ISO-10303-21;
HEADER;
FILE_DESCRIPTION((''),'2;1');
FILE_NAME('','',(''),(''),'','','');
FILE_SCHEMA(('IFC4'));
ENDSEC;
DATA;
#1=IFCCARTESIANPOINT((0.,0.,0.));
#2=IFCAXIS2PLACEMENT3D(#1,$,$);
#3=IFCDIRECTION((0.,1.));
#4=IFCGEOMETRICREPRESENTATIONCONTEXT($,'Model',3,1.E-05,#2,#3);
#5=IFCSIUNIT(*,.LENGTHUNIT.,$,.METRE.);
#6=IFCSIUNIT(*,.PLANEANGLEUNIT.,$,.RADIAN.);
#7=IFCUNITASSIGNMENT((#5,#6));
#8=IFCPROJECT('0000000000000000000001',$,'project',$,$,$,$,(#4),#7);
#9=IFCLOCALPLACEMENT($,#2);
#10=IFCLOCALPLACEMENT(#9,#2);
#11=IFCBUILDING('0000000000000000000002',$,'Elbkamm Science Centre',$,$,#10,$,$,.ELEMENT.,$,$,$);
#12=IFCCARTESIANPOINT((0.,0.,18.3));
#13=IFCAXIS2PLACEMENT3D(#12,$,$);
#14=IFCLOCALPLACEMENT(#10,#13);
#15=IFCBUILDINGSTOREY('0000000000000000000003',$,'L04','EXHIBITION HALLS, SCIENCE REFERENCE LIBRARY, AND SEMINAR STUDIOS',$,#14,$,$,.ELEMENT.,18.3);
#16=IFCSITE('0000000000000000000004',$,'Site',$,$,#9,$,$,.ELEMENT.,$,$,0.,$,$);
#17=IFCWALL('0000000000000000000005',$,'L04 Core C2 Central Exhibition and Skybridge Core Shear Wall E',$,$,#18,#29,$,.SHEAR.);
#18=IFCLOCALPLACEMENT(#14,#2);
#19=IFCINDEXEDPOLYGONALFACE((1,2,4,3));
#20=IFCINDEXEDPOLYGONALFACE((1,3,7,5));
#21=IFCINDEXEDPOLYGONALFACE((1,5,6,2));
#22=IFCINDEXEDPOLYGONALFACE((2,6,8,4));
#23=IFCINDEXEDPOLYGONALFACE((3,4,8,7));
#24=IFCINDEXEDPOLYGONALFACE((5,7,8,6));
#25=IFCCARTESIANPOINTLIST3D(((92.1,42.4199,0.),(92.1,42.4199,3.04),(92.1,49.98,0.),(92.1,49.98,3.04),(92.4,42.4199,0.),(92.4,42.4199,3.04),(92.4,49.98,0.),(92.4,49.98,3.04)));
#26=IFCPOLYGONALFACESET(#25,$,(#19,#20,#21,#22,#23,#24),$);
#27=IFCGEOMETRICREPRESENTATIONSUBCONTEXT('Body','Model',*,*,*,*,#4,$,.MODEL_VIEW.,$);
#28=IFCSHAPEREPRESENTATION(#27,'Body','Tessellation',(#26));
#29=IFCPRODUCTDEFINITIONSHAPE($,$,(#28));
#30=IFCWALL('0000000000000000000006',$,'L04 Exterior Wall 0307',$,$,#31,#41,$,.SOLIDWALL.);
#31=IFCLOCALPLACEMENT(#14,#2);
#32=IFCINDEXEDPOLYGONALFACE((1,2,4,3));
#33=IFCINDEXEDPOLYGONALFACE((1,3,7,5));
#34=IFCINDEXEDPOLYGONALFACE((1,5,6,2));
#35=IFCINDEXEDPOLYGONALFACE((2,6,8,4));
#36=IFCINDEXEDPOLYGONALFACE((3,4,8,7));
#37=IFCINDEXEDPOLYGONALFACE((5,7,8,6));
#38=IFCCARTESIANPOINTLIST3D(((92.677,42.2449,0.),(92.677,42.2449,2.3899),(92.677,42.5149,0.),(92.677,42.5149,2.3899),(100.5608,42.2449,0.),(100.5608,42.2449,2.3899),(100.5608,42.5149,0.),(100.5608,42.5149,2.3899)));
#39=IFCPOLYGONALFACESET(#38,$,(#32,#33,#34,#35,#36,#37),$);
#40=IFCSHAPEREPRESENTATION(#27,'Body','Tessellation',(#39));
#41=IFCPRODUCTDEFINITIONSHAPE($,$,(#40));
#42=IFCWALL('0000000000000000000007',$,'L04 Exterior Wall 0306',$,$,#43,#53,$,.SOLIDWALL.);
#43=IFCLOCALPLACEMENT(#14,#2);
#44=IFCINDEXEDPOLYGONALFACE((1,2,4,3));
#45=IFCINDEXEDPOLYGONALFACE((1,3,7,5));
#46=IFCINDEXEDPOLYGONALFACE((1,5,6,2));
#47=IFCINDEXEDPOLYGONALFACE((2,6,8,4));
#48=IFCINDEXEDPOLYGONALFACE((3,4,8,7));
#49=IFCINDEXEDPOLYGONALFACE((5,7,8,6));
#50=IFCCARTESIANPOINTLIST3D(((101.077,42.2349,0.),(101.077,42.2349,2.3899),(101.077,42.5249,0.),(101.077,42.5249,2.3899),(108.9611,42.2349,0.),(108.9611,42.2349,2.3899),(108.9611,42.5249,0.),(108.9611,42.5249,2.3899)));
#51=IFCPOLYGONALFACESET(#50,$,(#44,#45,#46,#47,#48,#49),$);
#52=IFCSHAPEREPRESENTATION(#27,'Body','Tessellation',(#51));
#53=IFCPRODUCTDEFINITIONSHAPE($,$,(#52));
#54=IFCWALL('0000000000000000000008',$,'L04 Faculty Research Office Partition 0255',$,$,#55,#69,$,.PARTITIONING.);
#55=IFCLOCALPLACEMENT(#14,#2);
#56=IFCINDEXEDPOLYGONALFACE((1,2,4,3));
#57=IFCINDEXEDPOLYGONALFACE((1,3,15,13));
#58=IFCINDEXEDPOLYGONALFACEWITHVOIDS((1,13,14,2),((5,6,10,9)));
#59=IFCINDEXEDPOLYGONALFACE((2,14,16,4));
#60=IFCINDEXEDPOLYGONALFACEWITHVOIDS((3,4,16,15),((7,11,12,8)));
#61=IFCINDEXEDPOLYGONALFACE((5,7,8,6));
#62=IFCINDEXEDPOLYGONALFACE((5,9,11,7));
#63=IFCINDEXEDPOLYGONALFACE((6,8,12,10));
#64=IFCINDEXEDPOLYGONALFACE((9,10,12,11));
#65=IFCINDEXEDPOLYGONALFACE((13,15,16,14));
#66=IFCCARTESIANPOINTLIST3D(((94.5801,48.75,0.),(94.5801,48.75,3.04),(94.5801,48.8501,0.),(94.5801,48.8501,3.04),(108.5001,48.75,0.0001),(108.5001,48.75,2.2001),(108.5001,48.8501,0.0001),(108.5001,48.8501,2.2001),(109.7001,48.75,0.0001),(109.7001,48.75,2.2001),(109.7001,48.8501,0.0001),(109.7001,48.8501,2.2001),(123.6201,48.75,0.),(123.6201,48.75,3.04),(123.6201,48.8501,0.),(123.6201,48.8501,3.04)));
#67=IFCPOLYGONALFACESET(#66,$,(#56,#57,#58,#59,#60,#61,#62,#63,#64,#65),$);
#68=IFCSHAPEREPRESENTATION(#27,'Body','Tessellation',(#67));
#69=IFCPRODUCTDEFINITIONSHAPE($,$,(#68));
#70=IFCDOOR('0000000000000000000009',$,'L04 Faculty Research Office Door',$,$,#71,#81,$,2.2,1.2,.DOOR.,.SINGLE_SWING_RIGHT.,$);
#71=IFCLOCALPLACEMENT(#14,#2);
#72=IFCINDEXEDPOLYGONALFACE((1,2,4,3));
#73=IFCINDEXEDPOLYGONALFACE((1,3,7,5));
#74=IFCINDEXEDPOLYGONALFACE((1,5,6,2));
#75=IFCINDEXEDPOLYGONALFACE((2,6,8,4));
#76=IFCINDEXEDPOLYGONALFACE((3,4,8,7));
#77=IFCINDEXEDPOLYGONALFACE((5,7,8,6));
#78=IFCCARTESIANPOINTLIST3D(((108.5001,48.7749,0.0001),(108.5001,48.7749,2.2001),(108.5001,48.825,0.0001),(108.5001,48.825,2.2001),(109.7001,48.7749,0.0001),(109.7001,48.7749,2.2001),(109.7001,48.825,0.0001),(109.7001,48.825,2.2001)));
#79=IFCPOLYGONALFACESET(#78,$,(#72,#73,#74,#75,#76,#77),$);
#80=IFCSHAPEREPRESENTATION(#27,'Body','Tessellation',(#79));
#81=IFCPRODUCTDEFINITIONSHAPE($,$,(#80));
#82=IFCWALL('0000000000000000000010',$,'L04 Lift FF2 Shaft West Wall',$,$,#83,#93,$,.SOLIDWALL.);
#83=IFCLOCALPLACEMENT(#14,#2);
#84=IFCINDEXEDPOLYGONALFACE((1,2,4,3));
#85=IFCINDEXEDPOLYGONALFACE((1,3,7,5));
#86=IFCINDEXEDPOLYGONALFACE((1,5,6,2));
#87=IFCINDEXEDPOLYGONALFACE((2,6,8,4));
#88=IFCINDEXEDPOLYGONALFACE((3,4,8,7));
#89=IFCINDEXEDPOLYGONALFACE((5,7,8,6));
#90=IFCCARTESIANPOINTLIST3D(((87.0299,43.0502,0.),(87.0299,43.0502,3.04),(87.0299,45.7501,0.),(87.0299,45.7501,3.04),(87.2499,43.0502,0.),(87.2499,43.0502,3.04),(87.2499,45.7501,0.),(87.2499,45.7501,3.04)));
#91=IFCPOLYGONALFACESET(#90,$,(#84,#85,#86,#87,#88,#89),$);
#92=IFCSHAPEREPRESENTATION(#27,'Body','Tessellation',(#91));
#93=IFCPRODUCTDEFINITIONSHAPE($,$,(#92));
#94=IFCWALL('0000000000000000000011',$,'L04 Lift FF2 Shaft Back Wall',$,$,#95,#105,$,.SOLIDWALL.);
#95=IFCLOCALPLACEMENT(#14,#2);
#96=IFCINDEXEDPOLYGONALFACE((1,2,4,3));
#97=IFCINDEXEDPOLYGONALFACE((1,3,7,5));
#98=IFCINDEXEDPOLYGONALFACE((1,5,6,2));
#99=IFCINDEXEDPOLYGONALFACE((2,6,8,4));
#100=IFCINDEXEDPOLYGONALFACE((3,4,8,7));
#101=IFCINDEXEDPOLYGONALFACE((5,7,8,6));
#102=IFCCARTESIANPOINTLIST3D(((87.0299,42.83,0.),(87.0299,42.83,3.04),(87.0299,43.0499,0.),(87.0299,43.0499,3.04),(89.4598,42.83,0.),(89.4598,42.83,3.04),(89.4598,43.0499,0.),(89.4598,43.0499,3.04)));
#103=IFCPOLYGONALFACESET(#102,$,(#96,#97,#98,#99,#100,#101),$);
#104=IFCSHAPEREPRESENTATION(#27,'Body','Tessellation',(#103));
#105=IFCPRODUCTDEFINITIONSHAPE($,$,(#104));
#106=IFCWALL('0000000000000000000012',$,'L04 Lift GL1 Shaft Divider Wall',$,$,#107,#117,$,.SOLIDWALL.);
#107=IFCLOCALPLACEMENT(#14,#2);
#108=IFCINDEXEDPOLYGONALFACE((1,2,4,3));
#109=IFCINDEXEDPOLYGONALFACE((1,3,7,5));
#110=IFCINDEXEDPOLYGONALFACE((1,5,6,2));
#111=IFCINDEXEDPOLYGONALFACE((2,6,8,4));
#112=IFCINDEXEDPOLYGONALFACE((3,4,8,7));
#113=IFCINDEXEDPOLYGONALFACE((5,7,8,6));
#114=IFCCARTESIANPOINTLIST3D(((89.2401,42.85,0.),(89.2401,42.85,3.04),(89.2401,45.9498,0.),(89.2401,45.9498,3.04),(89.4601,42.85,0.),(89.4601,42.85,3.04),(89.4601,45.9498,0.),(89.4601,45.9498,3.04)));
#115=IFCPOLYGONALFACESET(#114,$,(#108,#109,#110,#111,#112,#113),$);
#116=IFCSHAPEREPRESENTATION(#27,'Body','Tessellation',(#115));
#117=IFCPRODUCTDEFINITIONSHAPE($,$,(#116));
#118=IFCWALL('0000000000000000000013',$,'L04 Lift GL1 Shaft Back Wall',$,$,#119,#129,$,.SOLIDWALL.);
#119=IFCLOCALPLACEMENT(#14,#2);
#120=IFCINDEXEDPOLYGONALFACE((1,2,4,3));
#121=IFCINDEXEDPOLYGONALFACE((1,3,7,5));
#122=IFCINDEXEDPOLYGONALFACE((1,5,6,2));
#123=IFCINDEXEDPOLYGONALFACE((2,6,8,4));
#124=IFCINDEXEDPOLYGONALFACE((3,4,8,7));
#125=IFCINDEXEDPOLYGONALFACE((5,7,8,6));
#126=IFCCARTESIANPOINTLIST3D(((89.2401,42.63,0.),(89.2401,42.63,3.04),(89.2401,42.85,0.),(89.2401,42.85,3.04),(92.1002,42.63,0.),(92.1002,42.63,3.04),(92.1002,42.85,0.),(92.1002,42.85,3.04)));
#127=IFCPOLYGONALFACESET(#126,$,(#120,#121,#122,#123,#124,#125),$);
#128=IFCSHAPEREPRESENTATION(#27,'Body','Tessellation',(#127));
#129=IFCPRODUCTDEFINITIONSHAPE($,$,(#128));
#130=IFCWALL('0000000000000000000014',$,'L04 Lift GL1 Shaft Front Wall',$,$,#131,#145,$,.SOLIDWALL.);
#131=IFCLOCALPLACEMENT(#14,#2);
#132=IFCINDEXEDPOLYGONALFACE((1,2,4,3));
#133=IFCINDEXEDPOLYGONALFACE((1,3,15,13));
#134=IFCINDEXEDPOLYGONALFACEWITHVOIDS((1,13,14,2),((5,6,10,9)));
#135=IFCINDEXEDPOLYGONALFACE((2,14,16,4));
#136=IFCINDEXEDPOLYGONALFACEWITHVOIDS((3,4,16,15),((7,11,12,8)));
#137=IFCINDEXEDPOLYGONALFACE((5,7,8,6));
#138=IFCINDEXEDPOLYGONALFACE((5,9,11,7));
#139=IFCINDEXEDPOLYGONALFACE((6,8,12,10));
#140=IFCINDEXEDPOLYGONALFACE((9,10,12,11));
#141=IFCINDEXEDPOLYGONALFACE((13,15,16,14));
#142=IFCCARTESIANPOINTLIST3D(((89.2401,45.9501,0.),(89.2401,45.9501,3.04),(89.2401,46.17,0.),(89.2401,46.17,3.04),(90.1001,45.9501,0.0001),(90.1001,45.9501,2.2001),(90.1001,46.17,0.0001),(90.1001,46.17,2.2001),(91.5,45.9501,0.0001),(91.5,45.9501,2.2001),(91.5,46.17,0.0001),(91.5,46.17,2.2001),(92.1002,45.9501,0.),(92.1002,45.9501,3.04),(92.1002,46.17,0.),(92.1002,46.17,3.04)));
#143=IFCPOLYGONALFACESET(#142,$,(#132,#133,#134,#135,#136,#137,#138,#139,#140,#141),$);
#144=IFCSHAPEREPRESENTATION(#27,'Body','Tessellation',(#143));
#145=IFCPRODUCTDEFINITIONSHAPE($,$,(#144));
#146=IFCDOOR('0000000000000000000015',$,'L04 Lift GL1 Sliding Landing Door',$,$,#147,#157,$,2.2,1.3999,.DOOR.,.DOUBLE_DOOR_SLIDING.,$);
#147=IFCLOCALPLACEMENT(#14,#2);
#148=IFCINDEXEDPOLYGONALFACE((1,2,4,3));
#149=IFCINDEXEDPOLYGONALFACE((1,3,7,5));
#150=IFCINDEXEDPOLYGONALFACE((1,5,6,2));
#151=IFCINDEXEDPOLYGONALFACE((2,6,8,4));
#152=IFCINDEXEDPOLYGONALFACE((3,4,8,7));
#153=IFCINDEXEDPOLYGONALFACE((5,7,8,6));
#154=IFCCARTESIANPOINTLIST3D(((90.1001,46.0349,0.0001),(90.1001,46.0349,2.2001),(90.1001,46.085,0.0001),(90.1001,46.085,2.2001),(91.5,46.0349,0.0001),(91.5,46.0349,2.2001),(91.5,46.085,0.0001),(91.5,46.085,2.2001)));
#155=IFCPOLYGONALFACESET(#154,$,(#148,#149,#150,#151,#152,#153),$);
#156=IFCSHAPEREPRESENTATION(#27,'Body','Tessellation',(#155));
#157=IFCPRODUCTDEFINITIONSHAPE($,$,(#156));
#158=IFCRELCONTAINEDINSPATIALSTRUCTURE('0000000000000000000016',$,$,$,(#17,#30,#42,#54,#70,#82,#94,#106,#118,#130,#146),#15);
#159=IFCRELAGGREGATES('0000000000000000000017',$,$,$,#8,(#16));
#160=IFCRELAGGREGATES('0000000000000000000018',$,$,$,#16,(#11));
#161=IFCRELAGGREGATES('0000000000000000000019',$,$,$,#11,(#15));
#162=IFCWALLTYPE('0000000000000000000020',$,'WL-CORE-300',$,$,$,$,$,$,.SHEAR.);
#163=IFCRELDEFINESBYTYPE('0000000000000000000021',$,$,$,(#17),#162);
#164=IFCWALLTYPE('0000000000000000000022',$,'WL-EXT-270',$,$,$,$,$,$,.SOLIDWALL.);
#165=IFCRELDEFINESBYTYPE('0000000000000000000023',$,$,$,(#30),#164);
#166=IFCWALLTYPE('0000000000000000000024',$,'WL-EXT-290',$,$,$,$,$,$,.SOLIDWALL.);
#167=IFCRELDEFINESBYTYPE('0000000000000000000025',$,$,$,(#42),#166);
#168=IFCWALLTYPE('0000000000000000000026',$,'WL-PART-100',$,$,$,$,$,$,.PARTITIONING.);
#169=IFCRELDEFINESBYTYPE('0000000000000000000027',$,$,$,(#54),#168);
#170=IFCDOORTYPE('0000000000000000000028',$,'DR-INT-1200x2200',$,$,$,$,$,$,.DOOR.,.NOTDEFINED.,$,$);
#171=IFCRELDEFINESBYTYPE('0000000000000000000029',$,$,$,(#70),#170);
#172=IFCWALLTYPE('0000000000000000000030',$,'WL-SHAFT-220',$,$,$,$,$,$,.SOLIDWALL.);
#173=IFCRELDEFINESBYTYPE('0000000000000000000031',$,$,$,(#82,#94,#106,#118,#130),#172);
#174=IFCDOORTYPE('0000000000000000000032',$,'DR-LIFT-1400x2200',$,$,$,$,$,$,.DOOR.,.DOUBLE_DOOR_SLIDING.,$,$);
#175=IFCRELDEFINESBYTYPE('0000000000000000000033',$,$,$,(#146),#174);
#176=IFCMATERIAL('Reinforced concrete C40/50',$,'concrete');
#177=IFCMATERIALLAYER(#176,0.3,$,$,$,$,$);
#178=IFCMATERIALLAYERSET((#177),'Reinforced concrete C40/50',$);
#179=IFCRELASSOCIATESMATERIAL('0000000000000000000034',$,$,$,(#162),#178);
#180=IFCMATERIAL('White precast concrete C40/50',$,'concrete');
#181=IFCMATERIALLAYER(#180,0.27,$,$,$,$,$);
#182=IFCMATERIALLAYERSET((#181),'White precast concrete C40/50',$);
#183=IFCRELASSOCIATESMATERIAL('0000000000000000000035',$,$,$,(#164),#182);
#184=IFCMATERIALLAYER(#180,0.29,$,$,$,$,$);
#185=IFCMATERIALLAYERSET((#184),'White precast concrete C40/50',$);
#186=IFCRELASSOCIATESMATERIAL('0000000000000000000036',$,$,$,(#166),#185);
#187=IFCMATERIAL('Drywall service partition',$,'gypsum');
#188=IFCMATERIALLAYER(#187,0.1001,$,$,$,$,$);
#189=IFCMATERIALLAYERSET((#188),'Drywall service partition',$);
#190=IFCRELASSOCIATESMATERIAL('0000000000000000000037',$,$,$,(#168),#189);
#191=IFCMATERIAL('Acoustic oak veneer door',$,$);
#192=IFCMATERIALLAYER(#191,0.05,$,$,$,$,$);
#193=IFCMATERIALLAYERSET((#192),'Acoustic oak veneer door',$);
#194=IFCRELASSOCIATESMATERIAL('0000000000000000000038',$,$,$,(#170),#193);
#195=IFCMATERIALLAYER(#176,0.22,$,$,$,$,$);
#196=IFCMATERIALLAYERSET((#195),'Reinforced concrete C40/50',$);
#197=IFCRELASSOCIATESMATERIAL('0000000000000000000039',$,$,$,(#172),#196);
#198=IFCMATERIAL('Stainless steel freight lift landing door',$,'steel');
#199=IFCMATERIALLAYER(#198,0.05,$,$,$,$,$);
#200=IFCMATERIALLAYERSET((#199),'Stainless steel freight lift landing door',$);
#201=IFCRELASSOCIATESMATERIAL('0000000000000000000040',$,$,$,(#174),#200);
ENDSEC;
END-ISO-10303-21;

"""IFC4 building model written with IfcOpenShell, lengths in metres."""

from ifc_helpers import new_model, si_unit, direction, frame, frame_2d, origin, place, context, subcontext, project, spatial, rectangle, extrude, material, layer, layer_set, type_object, element, fill, save


model = new_model("IFC4")

# Units and contexts
model_context = context("Model", 3, precision=1e-05, world=origin(), true_north=direction((0.0, 1.0)))
body_context = subcontext(model_context, "Body", "Model", "MODEL_VIEW")
ifc_project = project(units=[si_unit("LENGTHUNIT", "METRE"), si_unit("PLANEANGLEUNIT", "RADIAN")], contexts=[model_context])

# Site, building, storey
site_placement = place(None, origin())
site = spatial("IfcSite", under=ifc_project, at=site_placement, Name="Site", CompositionType="ELEMENT", RefElevation=0.0)
building_placement = place(site_placement, origin())
building = spatial("IfcBuilding", under=site, at=building_placement, Name="Elbkamm Science Centre", CompositionType="ELEMENT")
storey_placement = place(building_placement, frame((0.0, 0.0, 18.3)))
storey = spatial("IfcBuildingStorey", under=building, at=storey_placement, Name="L04", Description="EXHIBITION HALLS, SCIENCE REFERENCE LIBRARY, AND SEMINAR STUDIOS", CompositionType="ELEMENT", Elevation=18.3)

# Shared definitions
ifc_material_1 = material(Name="Reinforced concrete C40/50", Category="concrete")

# Walls
ifc_layer_1 = layer(ifc_material_1, 0.3)
ifc_layer_set_1 = layer_set([ifc_layer_1], Name="Reinforced concrete C40/50")
wall_type_1 = type_object("IfcWallType", Name="WL-CORE-300", PredefinedType="SHEAR", material=ifc_layer_set_1)
wall_1_placement = place(storey_placement, frame((92.25, 42.4199, 0.0), z_axis=(0.0, 0.0, 1.0), x_axis=(0.0, 1.0, 0.0)))
element("IfcWall", 1, at=wall_1_placement, inside=storey, type_object=wall_type_1, Name="L04 Core C2 Central Exhibition and Skybridge Core Shear Wall E", PredefinedType="SHEAR", context=body_context, shape_type="SweptSolid", body=[
    extrude(rectangle(XDim=7.5601, YDim=0.3, at=frame_2d((3.78, 0.0))), origin(), (0.0, 0.0, 1.0), 3.04),
])
ifc_material_2 = material(Name="White precast concrete C40/50", Category="concrete")
ifc_layer_2 = layer(ifc_material_2, 0.27)
ifc_layer_set_2 = layer_set([ifc_layer_2], Name="White precast concrete C40/50")
wall_type_2 = type_object("IfcWallType", Name="WL-EXT-270", PredefinedType="SOLIDWALL", material=ifc_layer_set_2)
wall_2_placement = place(storey_placement, frame((100.5608, 42.3799, 0.0), z_axis=(0.0, 0.0, 1.0), x_axis=(-1.0, 0.0, 0.0)))
element("IfcWall", 2, at=wall_2_placement, inside=storey, type_object=wall_type_2, Name="L04 Exterior Wall 0307", PredefinedType="SOLIDWALL", context=body_context, shape_type="SweptSolid", body=[
    extrude(rectangle(XDim=7.8838, YDim=0.27, at=frame_2d((3.9419, 0.0))), origin(), (0.0, 0.0, 1.0), 2.3899),
])
ifc_layer_3 = layer(ifc_material_2, 0.29)
ifc_layer_set_3 = layer_set([ifc_layer_3], Name="White precast concrete C40/50")
wall_type_3 = type_object("IfcWallType", Name="WL-EXT-290", PredefinedType="SOLIDWALL", material=ifc_layer_set_3)
wall_3_placement = place(storey_placement, frame((108.9609, 42.3799, 0.0), z_axis=(0.0, 0.0, 1.0), x_axis=(-1.0, 0.0, 0.0)))
element("IfcWall", 3, at=wall_3_placement, inside=storey, type_object=wall_type_3, Name="L04 Exterior Wall 0306", PredefinedType="SOLIDWALL", context=body_context, shape_type="SweptSolid", body=[
    extrude(rectangle(XDim=7.884, YDim=0.29, at=frame_2d((3.9419, 0.0))), origin(), (0.0, 0.0, 1.0), 2.3899),
])

# Wall, opening, door
ifc_material_3 = material(Name="Drywall service partition", Category="gypsum")
ifc_layer_4 = layer(ifc_material_3, 0.1001)
ifc_layer_set_4 = layer_set([ifc_layer_4], Name="Drywall service partition")
wall_type_4 = type_object("IfcWallType", Name="WL-PART-100", PredefinedType="PARTITIONING", material=ifc_layer_set_4)
wall_4_placement = place(storey_placement, frame((94.5801, 48.8, 0.0), z_axis=(0.0, 0.0, 1.0), x_axis=(1.0, 0.0, 0.0)))
wall_4 = element("IfcWall", 4, at=wall_4_placement, inside=storey, type_object=wall_type_4, Name="L04 Faculty Research Office Partition 0255", PredefinedType="PARTITIONING", context=body_context, shape_type="SweptSolid", body=[
    extrude(rectangle(XDim=29.04, YDim=0.1001, at=frame_2d((14.52, 0.0))), origin(), (0.0, 0.0, 1.0), 3.04),
])
opening_1_placement = place(wall_4_placement, frame((13.9199, 0.0, 0.0)))
opening_1 = element("IfcOpeningElement", 5, at=opening_1_placement, cuts=wall_4, PredefinedType="OPENING", context=body_context, shape_type="SweptSolid", body=[
    extrude(rectangle(XDim=1.2, YDim=2.2, at=frame_2d((0.6001, 1.1001))), frame((0.0, 0.062, 0.0), z_axis=(0.0, -1.0, 0.0), x_axis=(1.0, 0.0, 0.0)), (0.0, 0.0, 1.0), 0.124),
])
ifc_material_4 = material(Name="Acoustic oak veneer door")
ifc_layer_5 = layer(ifc_material_4, 0.05)
ifc_layer_set_5 = layer_set([ifc_layer_5], Name="Acoustic oak veneer door")
door_type_1 = type_object("IfcDoorType", Name="DR-INT-1200x2200", OperationType="NOTDEFINED", PredefinedType="DOOR", material=ifc_layer_set_5)
door_1_placement = place(opening_1_placement, origin())
door_1 = element("IfcDoor", 6, at=door_1_placement, inside=storey, type_object=door_type_1, Name="L04 Faculty Research Office Door", OperationType="SINGLE_SWING_RIGHT", OverallHeight=2.2, OverallWidth=1.2, PredefinedType="DOOR", context=body_context, shape_type="SweptSolid", body=[
    extrude(rectangle(XDim=1.2, YDim=2.2, at=frame_2d((0.6001, 1.1001))), frame((0.0, 0.0249, 0.0), z_axis=(0.0, -1.0, 0.0), x_axis=(1.0, 0.0, 0.0)), (0.0, 0.0, 1.0), 0.05),
])
fill(opening_1, door_1)

# Walls
ifc_layer_6 = layer(ifc_material_1, 0.22)
ifc_layer_set_6 = layer_set([ifc_layer_6], Name="Reinforced concrete C40/50")
wall_type_5 = type_object("IfcWallType", Name="WL-SHAFT-220", PredefinedType="SOLIDWALL", material=ifc_layer_set_6)
wall_5_placement = place(storey_placement, frame((87.1399, 43.05, 0.0), z_axis=(0.0, 0.0, 1.0), x_axis=(0.0, 1.0, 0.0)))
element("IfcWall", 7, at=wall_5_placement, inside=storey, type_object=wall_type_5, Name="L04 Lift FF2 Shaft West Wall", PredefinedType="SOLIDWALL", context=body_context, shape_type="SweptSolid", body=[
    extrude(rectangle(XDim=2.7, YDim=0.22, at=frame_2d((1.3501, 0.0))), origin(), (0.0, 0.0, 1.0), 3.04),
])
wall_6_placement = place(storey_placement, frame((87.03, 42.9399, 0.0), z_axis=(0.0, 0.0, 1.0), x_axis=(1.0, 0.0, 0.0)))
element("IfcWall", 8, at=wall_6_placement, inside=storey, type_object=wall_type_5, Name="L04 Lift FF2 Shaft Back Wall", PredefinedType="SOLIDWALL", context=body_context, shape_type="SweptSolid", body=[
    extrude(rectangle(XDim=2.4299, YDim=0.22, at=frame_2d((1.2148, 0.0))), origin(), (0.0, 0.0, 1.0), 3.04),
])

# Walls
wall_7_placement = place(storey_placement, frame((89.3501, 42.8501, 0.0), z_axis=(0.0, 0.0, 1.0), x_axis=(0.0, 1.0, 0.0)))
element("IfcWall", 9, at=wall_7_placement, inside=storey, type_object=wall_type_5, Name="L04 Lift GL1 Shaft Divider Wall", PredefinedType="SOLIDWALL", context=body_context, shape_type="SweptSolid", body=[
    extrude(rectangle(XDim=3.0999, YDim=0.22, at=frame_2d((1.5498, 0.0))), origin(), (0.0, 0.0, 1.0), 3.04),
])
wall_8_placement = place(storey_placement, frame((89.24, 42.74, 0.0), z_axis=(0.0, 0.0, 1.0), x_axis=(1.0, 0.0, 0.0)))
element("IfcWall", 10, at=wall_8_placement, inside=storey, type_object=wall_type_5, Name="L04 Lift GL1 Shaft Back Wall", PredefinedType="SOLIDWALL", context=body_context, shape_type="SweptSolid", body=[
    extrude(rectangle(XDim=2.8601, YDim=0.22, at=frame_2d((1.4302, 0.0))), origin(), (0.0, 0.0, 1.0), 3.04),
])

# Wall, opening, door
wall_9_placement = place(storey_placement, frame((89.24, 46.0601, 0.0), z_axis=(0.0, 0.0, 1.0), x_axis=(1.0, 0.0, 0.0)))
wall_9 = element("IfcWall", 11, at=wall_9_placement, inside=storey, type_object=wall_type_5, Name="L04 Lift GL1 Shaft Front Wall", PredefinedType="SOLIDWALL", context=body_context, shape_type="SweptSolid", body=[
    extrude(rectangle(XDim=2.8601, YDim=0.22, at=frame_2d((1.4302, 0.0))), origin(), (0.0, 0.0, 1.0), 3.04),
])
opening_2_placement = place(wall_9_placement, frame((0.8601, 0.0, 0.0)))
opening_2 = element("IfcOpeningElement", 12, at=opening_2_placement, cuts=wall_9, PredefinedType="OPENING", context=body_context, shape_type="SweptSolid", body=[
    extrude(rectangle(XDim=1.3999, YDim=2.2, at=frame_2d((0.7, 1.1001))), frame((0.0, 0.1221, 0.0), z_axis=(0.0, -1.0, 0.0), x_axis=(1.0, 0.0, 0.0)), (0.0, 0.0, 1.0), 0.2439),
])
ifc_material_5 = material(Name="Stainless steel freight lift landing door", Category="steel")
ifc_layer_7 = layer(ifc_material_5, 0.05)
ifc_layer_set_7 = layer_set([ifc_layer_7], Name="Stainless steel freight lift landing door")
door_type_2 = type_object("IfcDoorType", Name="DR-LIFT-1400x2200", OperationType="DOUBLE_DOOR_SLIDING", PredefinedType="DOOR", material=ifc_layer_set_7)
door_2_placement = place(opening_2_placement, origin())
door_2 = element("IfcDoor", 13, at=door_2_placement, inside=storey, type_object=door_type_2, Name="L04 Lift GL1 Sliding Landing Door", OperationType="DOUBLE_DOOR_SLIDING", OverallHeight=2.2, OverallWidth=1.3999, PredefinedType="DOOR", context=body_context, shape_type="SweptSolid", body=[
    extrude(rectangle(XDim=1.3999, YDim=2.2, at=frame_2d((0.7, 1.1001))), frame((0.0, 0.0249, 0.0), z_axis=(0.0, -1.0, 0.0), x_axis=(1.0, 0.0, 0.0)), (0.0, 0.0, 1.0), 0.05),
])
fill(opening_2, door_2)

save(model, "model.ifc")
